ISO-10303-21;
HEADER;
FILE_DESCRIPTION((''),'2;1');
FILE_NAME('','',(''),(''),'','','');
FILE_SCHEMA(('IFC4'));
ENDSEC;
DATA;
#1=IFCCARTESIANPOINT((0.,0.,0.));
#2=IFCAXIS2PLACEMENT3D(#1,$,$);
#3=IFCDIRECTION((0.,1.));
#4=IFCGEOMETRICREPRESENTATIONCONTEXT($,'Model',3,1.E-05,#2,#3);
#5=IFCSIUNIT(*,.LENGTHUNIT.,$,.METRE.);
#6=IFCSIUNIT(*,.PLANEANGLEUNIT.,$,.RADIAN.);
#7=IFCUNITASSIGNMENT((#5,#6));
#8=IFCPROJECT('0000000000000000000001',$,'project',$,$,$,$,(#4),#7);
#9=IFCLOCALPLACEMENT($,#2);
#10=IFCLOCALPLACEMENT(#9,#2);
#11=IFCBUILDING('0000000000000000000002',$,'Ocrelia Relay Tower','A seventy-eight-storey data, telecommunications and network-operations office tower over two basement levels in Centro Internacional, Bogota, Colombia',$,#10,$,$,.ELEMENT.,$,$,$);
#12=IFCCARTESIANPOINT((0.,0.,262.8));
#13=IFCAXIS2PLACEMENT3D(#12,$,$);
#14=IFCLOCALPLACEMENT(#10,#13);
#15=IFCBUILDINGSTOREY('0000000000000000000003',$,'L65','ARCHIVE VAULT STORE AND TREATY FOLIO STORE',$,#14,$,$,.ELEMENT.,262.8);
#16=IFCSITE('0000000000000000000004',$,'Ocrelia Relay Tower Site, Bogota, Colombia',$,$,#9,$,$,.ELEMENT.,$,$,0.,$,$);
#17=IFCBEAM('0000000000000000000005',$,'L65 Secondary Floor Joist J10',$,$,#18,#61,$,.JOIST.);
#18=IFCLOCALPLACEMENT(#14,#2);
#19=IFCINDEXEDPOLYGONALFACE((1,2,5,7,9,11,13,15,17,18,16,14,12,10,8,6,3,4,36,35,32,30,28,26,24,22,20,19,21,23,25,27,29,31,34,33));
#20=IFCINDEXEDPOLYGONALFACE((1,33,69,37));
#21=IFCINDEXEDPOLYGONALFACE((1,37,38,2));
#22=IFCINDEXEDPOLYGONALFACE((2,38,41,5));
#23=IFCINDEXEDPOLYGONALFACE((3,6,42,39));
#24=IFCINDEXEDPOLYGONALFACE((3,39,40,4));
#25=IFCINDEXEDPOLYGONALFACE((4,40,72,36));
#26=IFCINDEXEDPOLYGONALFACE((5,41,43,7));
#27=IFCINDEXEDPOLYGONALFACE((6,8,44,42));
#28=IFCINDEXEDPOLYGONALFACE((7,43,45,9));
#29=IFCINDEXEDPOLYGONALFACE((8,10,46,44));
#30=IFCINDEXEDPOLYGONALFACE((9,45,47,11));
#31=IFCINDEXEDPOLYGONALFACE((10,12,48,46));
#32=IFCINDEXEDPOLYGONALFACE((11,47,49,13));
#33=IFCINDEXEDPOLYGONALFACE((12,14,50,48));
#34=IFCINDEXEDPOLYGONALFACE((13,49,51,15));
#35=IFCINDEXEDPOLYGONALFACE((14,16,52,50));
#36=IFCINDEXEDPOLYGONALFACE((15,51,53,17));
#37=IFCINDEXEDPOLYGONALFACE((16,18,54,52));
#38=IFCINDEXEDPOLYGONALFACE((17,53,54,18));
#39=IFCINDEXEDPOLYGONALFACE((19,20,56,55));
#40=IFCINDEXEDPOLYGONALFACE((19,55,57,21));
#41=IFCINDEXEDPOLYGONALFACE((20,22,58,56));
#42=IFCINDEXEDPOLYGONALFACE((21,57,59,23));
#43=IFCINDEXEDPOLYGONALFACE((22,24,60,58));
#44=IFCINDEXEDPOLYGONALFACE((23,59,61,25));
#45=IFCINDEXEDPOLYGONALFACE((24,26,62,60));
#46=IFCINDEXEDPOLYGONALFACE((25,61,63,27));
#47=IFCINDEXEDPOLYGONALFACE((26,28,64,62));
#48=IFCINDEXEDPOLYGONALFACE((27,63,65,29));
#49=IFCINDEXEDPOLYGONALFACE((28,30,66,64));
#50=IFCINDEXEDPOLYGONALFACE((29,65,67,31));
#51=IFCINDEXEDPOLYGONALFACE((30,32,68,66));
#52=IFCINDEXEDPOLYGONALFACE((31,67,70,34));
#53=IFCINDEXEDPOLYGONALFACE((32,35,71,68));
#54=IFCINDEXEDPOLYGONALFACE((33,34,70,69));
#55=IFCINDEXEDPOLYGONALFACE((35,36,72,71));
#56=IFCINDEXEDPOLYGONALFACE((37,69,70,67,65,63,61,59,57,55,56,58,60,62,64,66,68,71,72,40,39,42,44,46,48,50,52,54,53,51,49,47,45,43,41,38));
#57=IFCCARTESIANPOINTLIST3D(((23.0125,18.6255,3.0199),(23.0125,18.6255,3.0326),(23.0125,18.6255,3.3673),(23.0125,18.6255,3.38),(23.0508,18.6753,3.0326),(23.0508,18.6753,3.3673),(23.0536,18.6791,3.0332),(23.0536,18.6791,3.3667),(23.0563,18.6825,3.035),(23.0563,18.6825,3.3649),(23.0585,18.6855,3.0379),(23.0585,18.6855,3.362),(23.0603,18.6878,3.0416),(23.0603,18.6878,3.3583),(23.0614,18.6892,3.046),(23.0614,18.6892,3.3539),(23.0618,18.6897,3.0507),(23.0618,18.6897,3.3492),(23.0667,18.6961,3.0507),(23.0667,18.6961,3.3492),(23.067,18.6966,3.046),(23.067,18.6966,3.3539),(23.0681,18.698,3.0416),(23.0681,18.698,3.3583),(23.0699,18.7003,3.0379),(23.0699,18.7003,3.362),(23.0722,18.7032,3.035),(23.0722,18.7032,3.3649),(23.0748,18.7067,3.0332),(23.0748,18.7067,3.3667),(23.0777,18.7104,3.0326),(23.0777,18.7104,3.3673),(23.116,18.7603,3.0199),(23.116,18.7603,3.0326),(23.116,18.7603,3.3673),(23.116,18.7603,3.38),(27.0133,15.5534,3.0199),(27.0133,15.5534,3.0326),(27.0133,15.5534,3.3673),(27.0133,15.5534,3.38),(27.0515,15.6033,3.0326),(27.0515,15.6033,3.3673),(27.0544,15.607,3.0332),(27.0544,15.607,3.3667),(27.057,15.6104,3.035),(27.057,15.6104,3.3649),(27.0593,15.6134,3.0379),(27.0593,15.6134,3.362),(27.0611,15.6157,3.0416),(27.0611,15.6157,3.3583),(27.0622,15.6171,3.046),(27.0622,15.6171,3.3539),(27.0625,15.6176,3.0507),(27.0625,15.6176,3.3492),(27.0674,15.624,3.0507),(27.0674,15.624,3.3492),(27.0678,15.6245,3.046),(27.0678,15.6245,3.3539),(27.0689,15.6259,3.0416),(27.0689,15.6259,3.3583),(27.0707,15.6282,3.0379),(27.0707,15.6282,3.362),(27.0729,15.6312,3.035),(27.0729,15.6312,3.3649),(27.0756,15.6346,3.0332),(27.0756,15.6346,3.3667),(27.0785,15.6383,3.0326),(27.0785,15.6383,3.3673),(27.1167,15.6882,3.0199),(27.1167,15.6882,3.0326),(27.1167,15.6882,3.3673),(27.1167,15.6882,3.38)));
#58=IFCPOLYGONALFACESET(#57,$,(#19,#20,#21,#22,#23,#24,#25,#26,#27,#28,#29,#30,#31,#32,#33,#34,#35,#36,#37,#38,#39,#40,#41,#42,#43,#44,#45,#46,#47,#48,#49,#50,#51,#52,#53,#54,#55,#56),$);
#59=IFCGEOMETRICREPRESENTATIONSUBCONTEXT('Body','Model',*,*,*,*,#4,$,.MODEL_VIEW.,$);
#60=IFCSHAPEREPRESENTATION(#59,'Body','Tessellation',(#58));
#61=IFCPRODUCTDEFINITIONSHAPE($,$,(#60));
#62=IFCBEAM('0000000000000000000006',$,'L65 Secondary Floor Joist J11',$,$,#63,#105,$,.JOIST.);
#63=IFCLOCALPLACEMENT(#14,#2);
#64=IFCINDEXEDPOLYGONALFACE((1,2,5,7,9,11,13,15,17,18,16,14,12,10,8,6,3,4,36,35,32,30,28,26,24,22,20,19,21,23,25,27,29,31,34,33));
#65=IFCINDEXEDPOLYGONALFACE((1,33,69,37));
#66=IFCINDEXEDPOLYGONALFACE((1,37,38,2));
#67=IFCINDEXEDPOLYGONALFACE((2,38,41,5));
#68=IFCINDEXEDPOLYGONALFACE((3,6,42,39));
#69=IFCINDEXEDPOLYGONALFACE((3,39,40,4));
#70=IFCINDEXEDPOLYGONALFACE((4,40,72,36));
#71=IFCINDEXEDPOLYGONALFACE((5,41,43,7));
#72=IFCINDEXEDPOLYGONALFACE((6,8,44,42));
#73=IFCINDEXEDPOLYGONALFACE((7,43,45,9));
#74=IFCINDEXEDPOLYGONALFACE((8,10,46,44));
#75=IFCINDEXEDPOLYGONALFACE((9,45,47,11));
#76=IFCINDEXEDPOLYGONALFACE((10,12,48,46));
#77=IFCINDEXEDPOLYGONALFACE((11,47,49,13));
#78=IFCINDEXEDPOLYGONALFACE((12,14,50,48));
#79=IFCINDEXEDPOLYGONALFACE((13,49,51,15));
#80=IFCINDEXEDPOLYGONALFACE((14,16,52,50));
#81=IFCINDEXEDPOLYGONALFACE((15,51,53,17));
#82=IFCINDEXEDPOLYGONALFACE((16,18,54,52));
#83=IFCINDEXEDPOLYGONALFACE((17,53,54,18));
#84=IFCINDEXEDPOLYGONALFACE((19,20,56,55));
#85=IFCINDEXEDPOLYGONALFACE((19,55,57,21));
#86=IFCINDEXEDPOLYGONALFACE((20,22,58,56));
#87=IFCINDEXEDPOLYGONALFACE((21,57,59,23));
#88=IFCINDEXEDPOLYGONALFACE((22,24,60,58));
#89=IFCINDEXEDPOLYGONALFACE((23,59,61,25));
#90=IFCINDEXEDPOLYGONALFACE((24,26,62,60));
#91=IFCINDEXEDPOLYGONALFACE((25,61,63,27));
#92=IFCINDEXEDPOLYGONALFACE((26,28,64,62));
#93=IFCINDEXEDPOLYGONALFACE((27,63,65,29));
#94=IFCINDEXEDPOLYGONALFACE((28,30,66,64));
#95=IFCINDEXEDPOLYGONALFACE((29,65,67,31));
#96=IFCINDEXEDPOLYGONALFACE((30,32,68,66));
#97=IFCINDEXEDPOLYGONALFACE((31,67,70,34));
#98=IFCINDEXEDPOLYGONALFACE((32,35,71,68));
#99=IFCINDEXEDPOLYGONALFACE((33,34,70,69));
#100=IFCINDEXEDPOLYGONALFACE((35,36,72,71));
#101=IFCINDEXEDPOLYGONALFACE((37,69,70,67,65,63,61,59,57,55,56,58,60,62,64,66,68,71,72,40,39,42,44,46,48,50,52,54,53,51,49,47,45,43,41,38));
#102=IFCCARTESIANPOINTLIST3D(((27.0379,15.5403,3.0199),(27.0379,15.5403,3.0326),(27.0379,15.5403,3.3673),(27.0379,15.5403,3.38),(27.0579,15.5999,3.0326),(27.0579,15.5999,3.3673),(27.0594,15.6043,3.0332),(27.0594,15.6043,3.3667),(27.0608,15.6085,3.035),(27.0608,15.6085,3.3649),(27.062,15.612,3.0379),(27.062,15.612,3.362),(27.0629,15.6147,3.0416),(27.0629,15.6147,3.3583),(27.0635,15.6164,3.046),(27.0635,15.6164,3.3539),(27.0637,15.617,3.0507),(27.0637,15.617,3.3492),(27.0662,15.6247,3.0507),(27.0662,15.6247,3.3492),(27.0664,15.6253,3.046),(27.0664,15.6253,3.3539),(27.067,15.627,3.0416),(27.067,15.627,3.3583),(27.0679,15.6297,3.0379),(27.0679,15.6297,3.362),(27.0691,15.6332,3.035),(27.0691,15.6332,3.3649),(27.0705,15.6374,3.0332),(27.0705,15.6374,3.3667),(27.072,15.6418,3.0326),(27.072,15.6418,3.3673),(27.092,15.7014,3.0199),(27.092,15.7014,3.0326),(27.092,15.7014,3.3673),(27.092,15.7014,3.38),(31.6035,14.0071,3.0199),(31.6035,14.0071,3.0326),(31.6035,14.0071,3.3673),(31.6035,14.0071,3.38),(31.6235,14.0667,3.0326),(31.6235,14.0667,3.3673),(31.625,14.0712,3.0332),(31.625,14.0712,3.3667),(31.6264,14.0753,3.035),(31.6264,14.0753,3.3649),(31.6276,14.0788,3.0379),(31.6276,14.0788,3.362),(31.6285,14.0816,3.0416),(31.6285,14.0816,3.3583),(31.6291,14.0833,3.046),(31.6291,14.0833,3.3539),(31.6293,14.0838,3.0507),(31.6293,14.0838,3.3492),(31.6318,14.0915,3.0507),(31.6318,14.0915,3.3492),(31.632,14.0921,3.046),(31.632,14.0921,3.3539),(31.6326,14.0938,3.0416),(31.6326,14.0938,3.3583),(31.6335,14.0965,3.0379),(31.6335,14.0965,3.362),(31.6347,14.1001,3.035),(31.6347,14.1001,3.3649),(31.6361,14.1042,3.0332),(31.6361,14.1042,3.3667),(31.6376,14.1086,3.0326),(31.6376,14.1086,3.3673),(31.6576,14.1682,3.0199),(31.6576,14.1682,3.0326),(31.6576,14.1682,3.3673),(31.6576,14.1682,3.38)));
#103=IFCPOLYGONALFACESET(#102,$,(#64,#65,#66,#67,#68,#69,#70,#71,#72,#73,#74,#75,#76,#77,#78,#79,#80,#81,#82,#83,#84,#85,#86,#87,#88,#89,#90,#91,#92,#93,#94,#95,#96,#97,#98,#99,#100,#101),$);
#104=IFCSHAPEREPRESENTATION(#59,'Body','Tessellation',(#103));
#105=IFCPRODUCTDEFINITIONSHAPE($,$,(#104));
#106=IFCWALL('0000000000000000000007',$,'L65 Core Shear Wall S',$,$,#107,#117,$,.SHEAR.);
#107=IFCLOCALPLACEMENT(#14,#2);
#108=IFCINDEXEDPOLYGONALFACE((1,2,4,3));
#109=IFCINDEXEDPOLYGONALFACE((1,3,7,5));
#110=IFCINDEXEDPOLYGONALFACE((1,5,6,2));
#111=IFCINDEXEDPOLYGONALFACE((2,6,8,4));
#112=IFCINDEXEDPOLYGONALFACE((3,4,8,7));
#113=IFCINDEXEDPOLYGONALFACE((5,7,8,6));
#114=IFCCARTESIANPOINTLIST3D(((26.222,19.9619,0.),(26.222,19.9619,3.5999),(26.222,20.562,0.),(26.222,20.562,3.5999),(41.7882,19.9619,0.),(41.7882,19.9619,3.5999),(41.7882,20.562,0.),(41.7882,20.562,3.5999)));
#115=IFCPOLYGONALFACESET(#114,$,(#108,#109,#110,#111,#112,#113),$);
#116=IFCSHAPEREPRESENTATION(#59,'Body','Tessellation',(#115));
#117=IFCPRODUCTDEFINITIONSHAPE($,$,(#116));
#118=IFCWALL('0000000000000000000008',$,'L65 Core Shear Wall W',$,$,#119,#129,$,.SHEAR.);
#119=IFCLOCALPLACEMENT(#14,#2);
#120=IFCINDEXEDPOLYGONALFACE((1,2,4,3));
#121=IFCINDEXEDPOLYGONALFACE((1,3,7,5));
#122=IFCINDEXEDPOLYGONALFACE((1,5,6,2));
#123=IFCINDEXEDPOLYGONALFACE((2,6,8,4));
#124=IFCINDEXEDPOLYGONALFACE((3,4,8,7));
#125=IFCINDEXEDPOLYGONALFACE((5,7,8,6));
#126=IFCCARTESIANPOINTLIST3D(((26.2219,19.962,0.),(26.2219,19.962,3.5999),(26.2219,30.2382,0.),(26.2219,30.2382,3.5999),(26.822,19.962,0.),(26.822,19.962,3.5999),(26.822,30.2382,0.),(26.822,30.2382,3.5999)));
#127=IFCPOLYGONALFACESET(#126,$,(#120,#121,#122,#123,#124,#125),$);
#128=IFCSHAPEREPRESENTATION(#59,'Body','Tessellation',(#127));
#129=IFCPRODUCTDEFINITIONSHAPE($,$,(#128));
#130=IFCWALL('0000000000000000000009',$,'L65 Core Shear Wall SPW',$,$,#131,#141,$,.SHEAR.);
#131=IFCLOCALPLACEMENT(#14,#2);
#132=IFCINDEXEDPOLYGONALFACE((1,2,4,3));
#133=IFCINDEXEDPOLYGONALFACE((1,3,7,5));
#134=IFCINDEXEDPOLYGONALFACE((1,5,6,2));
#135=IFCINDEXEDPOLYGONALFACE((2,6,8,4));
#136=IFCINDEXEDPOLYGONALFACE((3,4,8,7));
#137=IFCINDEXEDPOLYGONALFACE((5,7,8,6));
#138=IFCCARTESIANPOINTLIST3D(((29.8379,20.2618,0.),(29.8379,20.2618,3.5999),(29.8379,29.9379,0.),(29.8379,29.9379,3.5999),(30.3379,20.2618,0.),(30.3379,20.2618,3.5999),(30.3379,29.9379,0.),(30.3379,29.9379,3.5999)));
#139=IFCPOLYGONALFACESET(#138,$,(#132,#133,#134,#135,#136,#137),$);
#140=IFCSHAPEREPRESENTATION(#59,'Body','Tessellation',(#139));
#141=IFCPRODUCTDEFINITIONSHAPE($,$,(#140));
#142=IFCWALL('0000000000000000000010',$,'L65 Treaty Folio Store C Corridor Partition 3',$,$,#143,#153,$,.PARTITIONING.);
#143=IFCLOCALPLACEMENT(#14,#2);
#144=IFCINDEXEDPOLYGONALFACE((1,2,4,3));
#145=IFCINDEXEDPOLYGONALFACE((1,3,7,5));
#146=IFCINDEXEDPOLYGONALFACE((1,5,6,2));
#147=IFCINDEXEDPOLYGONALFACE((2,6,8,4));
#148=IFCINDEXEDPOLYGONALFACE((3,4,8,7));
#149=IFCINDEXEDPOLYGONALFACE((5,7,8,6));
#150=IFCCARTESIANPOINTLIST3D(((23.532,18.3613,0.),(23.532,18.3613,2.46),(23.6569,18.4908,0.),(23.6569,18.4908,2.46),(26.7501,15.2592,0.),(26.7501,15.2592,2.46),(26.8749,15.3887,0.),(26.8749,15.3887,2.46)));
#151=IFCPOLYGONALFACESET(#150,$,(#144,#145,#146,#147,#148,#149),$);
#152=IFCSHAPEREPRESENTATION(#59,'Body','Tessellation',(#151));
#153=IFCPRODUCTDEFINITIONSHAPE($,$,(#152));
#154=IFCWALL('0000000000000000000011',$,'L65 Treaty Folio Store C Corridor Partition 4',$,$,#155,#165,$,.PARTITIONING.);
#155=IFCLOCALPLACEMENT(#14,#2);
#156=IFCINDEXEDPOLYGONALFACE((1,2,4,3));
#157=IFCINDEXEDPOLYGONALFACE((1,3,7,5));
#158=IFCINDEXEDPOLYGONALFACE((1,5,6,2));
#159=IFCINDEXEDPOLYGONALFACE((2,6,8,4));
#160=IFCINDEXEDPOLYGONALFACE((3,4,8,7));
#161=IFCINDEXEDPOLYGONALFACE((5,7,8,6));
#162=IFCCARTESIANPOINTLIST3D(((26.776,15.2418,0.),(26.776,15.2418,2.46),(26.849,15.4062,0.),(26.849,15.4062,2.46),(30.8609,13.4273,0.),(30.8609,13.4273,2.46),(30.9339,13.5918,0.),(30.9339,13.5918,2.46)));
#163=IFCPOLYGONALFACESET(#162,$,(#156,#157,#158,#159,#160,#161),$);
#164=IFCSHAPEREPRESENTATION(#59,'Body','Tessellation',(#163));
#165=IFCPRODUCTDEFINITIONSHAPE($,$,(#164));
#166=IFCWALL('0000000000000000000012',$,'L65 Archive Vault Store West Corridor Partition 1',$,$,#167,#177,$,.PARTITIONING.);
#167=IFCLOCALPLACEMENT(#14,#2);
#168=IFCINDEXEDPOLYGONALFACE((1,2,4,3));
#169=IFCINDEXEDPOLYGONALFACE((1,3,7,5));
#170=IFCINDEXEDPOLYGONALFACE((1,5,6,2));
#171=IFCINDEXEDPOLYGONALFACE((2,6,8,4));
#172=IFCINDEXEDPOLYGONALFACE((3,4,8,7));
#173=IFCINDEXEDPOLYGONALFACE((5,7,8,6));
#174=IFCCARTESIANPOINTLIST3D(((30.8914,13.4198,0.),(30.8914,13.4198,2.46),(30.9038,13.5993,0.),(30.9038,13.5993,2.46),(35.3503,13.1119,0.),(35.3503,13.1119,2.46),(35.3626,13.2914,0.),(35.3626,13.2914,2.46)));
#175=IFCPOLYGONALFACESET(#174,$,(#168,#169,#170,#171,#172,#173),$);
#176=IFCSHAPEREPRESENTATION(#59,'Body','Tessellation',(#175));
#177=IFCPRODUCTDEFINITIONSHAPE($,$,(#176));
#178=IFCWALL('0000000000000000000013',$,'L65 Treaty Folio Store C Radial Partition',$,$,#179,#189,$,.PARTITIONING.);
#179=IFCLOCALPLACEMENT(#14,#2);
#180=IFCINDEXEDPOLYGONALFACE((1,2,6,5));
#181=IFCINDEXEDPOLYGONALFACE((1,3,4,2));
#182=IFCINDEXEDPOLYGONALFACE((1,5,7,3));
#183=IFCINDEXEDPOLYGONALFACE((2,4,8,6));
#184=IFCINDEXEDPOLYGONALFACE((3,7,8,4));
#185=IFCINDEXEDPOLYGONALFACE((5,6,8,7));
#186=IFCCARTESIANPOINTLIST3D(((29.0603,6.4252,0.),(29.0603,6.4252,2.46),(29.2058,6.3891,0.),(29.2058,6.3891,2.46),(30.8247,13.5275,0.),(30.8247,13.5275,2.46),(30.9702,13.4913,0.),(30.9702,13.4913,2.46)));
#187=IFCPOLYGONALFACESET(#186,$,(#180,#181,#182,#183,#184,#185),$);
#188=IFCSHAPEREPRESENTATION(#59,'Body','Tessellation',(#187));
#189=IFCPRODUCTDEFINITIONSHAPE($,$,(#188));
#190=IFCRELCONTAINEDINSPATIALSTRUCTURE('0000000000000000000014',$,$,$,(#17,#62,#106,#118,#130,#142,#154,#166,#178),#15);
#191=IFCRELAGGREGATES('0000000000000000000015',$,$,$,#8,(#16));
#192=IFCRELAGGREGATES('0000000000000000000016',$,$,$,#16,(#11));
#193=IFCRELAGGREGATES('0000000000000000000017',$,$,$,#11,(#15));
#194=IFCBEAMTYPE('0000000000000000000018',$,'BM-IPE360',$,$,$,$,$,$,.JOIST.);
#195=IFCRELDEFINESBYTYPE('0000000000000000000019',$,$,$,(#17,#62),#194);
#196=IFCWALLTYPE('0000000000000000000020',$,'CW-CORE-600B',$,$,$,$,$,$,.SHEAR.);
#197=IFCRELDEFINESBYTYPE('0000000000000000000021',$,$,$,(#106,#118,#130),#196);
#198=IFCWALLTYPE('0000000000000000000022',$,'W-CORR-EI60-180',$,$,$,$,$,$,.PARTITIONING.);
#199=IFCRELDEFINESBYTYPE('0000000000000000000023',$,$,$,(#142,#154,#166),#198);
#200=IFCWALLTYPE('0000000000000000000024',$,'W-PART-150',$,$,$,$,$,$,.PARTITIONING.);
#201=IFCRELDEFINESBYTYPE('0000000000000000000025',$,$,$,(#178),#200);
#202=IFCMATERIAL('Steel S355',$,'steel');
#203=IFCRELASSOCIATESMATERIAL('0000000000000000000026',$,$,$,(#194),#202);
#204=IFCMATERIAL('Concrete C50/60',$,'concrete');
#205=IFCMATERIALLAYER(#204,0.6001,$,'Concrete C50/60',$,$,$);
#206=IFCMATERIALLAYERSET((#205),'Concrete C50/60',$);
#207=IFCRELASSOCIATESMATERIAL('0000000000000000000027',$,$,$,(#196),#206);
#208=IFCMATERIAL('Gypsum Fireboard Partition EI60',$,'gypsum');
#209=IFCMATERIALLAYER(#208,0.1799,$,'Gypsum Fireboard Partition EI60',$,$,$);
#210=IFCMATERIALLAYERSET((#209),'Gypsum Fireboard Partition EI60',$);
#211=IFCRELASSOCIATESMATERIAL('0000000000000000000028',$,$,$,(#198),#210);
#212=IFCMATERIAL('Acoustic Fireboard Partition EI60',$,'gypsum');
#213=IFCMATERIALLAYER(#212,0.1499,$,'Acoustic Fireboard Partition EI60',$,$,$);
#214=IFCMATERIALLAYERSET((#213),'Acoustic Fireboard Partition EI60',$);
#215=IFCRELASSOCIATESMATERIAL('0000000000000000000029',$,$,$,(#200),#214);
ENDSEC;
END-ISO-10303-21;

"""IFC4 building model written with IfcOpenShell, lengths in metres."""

from ifc_helpers import new_model, si_unit, direction, frame, frame_2d, origin, origin_2d, place, context, subcontext, project, spatial, rectangle, i_section, extrude, material, layer, layer_set, material_profile, profile_set, type_object, element, save


model = new_model("IFC4")

# Units and contexts
model_context = context("Model", 3, precision=1e-05, world=origin(), true_north=direction((0.0, 1.0)))
body_context = subcontext(model_context, "Body", "Model", "MODEL_VIEW")
ifc_project = project(units=[si_unit("LENGTHUNIT", "METRE"), si_unit("PLANEANGLEUNIT", "RADIAN")], contexts=[model_context])

# Site, building, storey
site_placement = place(None, origin())
site = spatial("IfcSite", under=ifc_project, at=site_placement, Name="Ocrelia Relay Tower Site, Bogota, Colombia", CompositionType="ELEMENT", RefElevation=0.0)
building_placement = place(site_placement, origin())
building = spatial("IfcBuilding", under=site, at=building_placement, Name="Ocrelia Relay Tower", Description="A seventy-eight-storey data, telecommunications and network-operations office tower over two basement levels in Centro Internacional, Bogota, Colombia", CompositionType="ELEMENT")
storey_placement = place(building_placement, frame((0.0, 0.0, 262.8)))
storey = spatial("IfcBuildingStorey", under=building, at=storey_placement, Name="L65", Description="ARCHIVE VAULT STORE AND TREATY FOLIO STORE", CompositionType="ELEMENT", Elevation=262.8)

# Shared definitions
ifc_material_1 = material(Name="Concrete C50/60", Category="concrete")

# Beams
ifc_material_2 = material(Name="Steel S355", Category="steel")
ifc_material_profile_1 = material_profile(ifc_material_2, i_section(OverallWidth=0.1699, OverallDepth=0.3601, WebThickness=0.0081, FlangeThickness=0.0127, FilletRadius=0.0181, at=origin_2d()), Name="IPE 360")
ifc_profile_set_1 = profile_set([ifc_material_profile_1], Name="Steel S355")
beam_type_1 = type_object("IfcBeamType", Name="BM-IPE360", PredefinedType="JOIST", material=ifc_profile_set_1)
beam_1_placement = place(storey_placement, frame((23.0642, 18.6929, 3.2), z_axis=(0.793147, -0.60903, 0.0), x_axis=(0.60903, 0.793147, 0.0)))
element("IfcBeam", 1, at=beam_1_placement, inside=storey, type_object=beam_type_1, Name="L65 Secondary Floor Joist J10", PredefinedType="JOIST", context=body_context, shape_type="SweptSolid", body=[
    extrude(i_section(OverallWidth=0.1699, OverallDepth=0.3601, WebThickness=0.0081, FlangeThickness=0.0127, FilletRadius=0.0181, at=origin_2d()), origin(), (0.0, 0.0, 1.0), 5.0442),
])
beam_2_placement = place(storey_placement, frame((27.0649, 15.6208, 3.2), z_axis=(0.947976, -0.318341, 0.0), x_axis=(0.318341, 0.947976, 0.0)))
element("IfcBeam", 2, at=beam_2_placement, inside=storey, type_object=beam_type_1, Name="L65 Secondary Floor Joist J11", PredefinedType="JOIST", context=body_context, shape_type="SweptSolid", body=[
    extrude(i_section(OverallWidth=0.1699, OverallDepth=0.3601, WebThickness=0.0081, FlangeThickness=0.0127, FilletRadius=0.0181, at=origin_2d()), origin(), (0.0, 0.0, 1.0), 4.8162),
])

# Walls
ifc_layer_1 = layer(ifc_material_1, 0.6001, Name="Concrete C50/60")
ifc_layer_set_1 = layer_set([ifc_layer_1], Name="Concrete C50/60")
wall_type_1 = type_object("IfcWallType", Name="CW-CORE-600B", PredefinedType="SHEAR", material=ifc_layer_set_1)
wall_1_placement = place(storey_placement, frame((26.2219, 20.262, 0.0), z_axis=(0.0, 0.0, 1.0), x_axis=(1.0, 0.0, 0.0)))
element("IfcWall", 3, at=wall_1_placement, inside=storey, type_object=wall_type_1, Name="L65 Core Shear Wall S", PredefinedType="SHEAR", context=body_context, shape_type="SweptSolid", body=[
    extrude(rectangle(XDim=15.5662, YDim=0.6001, at=frame_2d((7.7832, 0.0))), origin(), (0.0, 0.0, 1.0), 3.5999),
])
wall_2_placement = place(storey_placement, frame((26.522, 19.9619, 0.0), z_axis=(0.0, 0.0, 1.0), x_axis=(0.0, 1.0, 0.0)))
element("IfcWall", 4, at=wall_2_placement, inside=storey, type_object=wall_type_1, Name="L65 Core Shear Wall W", PredefinedType="SHEAR", context=body_context, shape_type="SweptSolid", body=[
    extrude(rectangle(XDim=10.2761, YDim=0.6001, at=frame_2d((5.1382, 0.0))), origin(), (0.0, 0.0, 1.0), 3.5999),
])
wall_3_placement = place(storey_placement, frame((30.0879, 20.262, 0.0), z_axis=(0.0, 0.0, 1.0), x_axis=(0.0, 1.0, 0.0)))
element("IfcWall", 5, at=wall_3_placement, inside=storey, type_object=wall_type_1, Name="L65 Core Shear Wall SPW", PredefinedType="SHEAR", context=body_context, shape_type="SweptSolid", body=[
    extrude(rectangle(XDim=9.676, YDim=0.5, at=frame_2d((4.8379, 0.0))), origin(), (0.0, 0.0, 1.0), 3.5999),
])

# Shared definitions
ifc_material_3 = material(Name="Gypsum Fireboard Partition EI60", Category="gypsum")
ifc_layer_2 = layer(ifc_material_3, 0.1799, Name="Gypsum Fireboard Partition EI60")
ifc_layer_set_2 = layer_set([ifc_layer_2], Name="Gypsum Fireboard Partition EI60")
wall_type_2 = type_object("IfcWallType", Name="W-CORR-EI60-180", PredefinedType="PARTITIONING", material=ifc_layer_set_2)

# Walls
for number, where, z_axis, x_axis, name in (
    (6, (23.5945, 18.426, 0.0), (0.0, 0.0, 1.0), (0.71996, -0.694015, 0.0), "L65 Treaty Folio Store C Corridor Partition 3"),
    (7, (26.8125, 15.324, 0.0), (0.0, 0.0, 1.0), (0.913902, -0.405936, 0.0), "L65 Treaty Folio Store C Corridor Partition 4"),
):
    element("IfcWall", number, at=place(storey_placement, frame(where, z_axis=z_axis, x_axis=x_axis)), inside=storey, type_object=wall_type_2, Name=name, PredefinedType="PARTITIONING", context=body_context, shape_type="SweptSolid", body=[
        extrude(rectangle(XDim=4.4697, YDim=0.1799, at=frame_2d((2.2349, 0.0))), origin(), (0.0, 0.0, 1.0), 2.46),
    ])
wall_4_placement = place(storey_placement, frame((30.8975, 13.5095, 0.0), z_axis=(0.0, 0.0, 1.0), x_axis=(0.997625, -0.068879, 0.0)))
element("IfcWall", 8, at=wall_4_placement, inside=storey, type_object=wall_type_2, Name="L65 Archive Vault Store West Corridor Partition 1", PredefinedType="PARTITIONING", context=body_context, shape_type="SweptSolid", body=[
    extrude(rectangle(XDim=4.4695, YDim=0.1799, at=frame_2d((2.2349, 0.0))), origin(), (0.0, 0.0, 1.0), 2.46),
])
ifc_material_4 = material(Name="Acoustic Fireboard Partition EI60", Category="gypsum")
ifc_layer_3 = layer(ifc_material_4, 0.1499, Name="Acoustic Fireboard Partition EI60")
ifc_layer_set_3 = layer_set([ifc_layer_3], Name="Acoustic Fireboard Partition EI60")
wall_type_3 = type_object("IfcWallType", Name="W-PART-150", PredefinedType="PARTITIONING", material=ifc_layer_set_3)
wall_5_placement = place(storey_placement, frame((30.8975, 13.5095, 0.0), z_axis=(0.0, 0.0, 1.0), x_axis=(-0.241099, -0.970501, 0.0)))
element("IfcWall", 9, at=wall_5_placement, inside=storey, type_object=wall_type_3, Name="L65 Treaty Folio Store C Radial Partition", PredefinedType="PARTITIONING", context=body_context, shape_type="SweptSolid", body=[
    extrude(rectangle(XDim=7.3181, YDim=0.1499, at=frame_2d((3.6592, 0.0))), origin(), (0.0, 0.0, 1.0), 2.46),
])

save(model, "model.ifc")
